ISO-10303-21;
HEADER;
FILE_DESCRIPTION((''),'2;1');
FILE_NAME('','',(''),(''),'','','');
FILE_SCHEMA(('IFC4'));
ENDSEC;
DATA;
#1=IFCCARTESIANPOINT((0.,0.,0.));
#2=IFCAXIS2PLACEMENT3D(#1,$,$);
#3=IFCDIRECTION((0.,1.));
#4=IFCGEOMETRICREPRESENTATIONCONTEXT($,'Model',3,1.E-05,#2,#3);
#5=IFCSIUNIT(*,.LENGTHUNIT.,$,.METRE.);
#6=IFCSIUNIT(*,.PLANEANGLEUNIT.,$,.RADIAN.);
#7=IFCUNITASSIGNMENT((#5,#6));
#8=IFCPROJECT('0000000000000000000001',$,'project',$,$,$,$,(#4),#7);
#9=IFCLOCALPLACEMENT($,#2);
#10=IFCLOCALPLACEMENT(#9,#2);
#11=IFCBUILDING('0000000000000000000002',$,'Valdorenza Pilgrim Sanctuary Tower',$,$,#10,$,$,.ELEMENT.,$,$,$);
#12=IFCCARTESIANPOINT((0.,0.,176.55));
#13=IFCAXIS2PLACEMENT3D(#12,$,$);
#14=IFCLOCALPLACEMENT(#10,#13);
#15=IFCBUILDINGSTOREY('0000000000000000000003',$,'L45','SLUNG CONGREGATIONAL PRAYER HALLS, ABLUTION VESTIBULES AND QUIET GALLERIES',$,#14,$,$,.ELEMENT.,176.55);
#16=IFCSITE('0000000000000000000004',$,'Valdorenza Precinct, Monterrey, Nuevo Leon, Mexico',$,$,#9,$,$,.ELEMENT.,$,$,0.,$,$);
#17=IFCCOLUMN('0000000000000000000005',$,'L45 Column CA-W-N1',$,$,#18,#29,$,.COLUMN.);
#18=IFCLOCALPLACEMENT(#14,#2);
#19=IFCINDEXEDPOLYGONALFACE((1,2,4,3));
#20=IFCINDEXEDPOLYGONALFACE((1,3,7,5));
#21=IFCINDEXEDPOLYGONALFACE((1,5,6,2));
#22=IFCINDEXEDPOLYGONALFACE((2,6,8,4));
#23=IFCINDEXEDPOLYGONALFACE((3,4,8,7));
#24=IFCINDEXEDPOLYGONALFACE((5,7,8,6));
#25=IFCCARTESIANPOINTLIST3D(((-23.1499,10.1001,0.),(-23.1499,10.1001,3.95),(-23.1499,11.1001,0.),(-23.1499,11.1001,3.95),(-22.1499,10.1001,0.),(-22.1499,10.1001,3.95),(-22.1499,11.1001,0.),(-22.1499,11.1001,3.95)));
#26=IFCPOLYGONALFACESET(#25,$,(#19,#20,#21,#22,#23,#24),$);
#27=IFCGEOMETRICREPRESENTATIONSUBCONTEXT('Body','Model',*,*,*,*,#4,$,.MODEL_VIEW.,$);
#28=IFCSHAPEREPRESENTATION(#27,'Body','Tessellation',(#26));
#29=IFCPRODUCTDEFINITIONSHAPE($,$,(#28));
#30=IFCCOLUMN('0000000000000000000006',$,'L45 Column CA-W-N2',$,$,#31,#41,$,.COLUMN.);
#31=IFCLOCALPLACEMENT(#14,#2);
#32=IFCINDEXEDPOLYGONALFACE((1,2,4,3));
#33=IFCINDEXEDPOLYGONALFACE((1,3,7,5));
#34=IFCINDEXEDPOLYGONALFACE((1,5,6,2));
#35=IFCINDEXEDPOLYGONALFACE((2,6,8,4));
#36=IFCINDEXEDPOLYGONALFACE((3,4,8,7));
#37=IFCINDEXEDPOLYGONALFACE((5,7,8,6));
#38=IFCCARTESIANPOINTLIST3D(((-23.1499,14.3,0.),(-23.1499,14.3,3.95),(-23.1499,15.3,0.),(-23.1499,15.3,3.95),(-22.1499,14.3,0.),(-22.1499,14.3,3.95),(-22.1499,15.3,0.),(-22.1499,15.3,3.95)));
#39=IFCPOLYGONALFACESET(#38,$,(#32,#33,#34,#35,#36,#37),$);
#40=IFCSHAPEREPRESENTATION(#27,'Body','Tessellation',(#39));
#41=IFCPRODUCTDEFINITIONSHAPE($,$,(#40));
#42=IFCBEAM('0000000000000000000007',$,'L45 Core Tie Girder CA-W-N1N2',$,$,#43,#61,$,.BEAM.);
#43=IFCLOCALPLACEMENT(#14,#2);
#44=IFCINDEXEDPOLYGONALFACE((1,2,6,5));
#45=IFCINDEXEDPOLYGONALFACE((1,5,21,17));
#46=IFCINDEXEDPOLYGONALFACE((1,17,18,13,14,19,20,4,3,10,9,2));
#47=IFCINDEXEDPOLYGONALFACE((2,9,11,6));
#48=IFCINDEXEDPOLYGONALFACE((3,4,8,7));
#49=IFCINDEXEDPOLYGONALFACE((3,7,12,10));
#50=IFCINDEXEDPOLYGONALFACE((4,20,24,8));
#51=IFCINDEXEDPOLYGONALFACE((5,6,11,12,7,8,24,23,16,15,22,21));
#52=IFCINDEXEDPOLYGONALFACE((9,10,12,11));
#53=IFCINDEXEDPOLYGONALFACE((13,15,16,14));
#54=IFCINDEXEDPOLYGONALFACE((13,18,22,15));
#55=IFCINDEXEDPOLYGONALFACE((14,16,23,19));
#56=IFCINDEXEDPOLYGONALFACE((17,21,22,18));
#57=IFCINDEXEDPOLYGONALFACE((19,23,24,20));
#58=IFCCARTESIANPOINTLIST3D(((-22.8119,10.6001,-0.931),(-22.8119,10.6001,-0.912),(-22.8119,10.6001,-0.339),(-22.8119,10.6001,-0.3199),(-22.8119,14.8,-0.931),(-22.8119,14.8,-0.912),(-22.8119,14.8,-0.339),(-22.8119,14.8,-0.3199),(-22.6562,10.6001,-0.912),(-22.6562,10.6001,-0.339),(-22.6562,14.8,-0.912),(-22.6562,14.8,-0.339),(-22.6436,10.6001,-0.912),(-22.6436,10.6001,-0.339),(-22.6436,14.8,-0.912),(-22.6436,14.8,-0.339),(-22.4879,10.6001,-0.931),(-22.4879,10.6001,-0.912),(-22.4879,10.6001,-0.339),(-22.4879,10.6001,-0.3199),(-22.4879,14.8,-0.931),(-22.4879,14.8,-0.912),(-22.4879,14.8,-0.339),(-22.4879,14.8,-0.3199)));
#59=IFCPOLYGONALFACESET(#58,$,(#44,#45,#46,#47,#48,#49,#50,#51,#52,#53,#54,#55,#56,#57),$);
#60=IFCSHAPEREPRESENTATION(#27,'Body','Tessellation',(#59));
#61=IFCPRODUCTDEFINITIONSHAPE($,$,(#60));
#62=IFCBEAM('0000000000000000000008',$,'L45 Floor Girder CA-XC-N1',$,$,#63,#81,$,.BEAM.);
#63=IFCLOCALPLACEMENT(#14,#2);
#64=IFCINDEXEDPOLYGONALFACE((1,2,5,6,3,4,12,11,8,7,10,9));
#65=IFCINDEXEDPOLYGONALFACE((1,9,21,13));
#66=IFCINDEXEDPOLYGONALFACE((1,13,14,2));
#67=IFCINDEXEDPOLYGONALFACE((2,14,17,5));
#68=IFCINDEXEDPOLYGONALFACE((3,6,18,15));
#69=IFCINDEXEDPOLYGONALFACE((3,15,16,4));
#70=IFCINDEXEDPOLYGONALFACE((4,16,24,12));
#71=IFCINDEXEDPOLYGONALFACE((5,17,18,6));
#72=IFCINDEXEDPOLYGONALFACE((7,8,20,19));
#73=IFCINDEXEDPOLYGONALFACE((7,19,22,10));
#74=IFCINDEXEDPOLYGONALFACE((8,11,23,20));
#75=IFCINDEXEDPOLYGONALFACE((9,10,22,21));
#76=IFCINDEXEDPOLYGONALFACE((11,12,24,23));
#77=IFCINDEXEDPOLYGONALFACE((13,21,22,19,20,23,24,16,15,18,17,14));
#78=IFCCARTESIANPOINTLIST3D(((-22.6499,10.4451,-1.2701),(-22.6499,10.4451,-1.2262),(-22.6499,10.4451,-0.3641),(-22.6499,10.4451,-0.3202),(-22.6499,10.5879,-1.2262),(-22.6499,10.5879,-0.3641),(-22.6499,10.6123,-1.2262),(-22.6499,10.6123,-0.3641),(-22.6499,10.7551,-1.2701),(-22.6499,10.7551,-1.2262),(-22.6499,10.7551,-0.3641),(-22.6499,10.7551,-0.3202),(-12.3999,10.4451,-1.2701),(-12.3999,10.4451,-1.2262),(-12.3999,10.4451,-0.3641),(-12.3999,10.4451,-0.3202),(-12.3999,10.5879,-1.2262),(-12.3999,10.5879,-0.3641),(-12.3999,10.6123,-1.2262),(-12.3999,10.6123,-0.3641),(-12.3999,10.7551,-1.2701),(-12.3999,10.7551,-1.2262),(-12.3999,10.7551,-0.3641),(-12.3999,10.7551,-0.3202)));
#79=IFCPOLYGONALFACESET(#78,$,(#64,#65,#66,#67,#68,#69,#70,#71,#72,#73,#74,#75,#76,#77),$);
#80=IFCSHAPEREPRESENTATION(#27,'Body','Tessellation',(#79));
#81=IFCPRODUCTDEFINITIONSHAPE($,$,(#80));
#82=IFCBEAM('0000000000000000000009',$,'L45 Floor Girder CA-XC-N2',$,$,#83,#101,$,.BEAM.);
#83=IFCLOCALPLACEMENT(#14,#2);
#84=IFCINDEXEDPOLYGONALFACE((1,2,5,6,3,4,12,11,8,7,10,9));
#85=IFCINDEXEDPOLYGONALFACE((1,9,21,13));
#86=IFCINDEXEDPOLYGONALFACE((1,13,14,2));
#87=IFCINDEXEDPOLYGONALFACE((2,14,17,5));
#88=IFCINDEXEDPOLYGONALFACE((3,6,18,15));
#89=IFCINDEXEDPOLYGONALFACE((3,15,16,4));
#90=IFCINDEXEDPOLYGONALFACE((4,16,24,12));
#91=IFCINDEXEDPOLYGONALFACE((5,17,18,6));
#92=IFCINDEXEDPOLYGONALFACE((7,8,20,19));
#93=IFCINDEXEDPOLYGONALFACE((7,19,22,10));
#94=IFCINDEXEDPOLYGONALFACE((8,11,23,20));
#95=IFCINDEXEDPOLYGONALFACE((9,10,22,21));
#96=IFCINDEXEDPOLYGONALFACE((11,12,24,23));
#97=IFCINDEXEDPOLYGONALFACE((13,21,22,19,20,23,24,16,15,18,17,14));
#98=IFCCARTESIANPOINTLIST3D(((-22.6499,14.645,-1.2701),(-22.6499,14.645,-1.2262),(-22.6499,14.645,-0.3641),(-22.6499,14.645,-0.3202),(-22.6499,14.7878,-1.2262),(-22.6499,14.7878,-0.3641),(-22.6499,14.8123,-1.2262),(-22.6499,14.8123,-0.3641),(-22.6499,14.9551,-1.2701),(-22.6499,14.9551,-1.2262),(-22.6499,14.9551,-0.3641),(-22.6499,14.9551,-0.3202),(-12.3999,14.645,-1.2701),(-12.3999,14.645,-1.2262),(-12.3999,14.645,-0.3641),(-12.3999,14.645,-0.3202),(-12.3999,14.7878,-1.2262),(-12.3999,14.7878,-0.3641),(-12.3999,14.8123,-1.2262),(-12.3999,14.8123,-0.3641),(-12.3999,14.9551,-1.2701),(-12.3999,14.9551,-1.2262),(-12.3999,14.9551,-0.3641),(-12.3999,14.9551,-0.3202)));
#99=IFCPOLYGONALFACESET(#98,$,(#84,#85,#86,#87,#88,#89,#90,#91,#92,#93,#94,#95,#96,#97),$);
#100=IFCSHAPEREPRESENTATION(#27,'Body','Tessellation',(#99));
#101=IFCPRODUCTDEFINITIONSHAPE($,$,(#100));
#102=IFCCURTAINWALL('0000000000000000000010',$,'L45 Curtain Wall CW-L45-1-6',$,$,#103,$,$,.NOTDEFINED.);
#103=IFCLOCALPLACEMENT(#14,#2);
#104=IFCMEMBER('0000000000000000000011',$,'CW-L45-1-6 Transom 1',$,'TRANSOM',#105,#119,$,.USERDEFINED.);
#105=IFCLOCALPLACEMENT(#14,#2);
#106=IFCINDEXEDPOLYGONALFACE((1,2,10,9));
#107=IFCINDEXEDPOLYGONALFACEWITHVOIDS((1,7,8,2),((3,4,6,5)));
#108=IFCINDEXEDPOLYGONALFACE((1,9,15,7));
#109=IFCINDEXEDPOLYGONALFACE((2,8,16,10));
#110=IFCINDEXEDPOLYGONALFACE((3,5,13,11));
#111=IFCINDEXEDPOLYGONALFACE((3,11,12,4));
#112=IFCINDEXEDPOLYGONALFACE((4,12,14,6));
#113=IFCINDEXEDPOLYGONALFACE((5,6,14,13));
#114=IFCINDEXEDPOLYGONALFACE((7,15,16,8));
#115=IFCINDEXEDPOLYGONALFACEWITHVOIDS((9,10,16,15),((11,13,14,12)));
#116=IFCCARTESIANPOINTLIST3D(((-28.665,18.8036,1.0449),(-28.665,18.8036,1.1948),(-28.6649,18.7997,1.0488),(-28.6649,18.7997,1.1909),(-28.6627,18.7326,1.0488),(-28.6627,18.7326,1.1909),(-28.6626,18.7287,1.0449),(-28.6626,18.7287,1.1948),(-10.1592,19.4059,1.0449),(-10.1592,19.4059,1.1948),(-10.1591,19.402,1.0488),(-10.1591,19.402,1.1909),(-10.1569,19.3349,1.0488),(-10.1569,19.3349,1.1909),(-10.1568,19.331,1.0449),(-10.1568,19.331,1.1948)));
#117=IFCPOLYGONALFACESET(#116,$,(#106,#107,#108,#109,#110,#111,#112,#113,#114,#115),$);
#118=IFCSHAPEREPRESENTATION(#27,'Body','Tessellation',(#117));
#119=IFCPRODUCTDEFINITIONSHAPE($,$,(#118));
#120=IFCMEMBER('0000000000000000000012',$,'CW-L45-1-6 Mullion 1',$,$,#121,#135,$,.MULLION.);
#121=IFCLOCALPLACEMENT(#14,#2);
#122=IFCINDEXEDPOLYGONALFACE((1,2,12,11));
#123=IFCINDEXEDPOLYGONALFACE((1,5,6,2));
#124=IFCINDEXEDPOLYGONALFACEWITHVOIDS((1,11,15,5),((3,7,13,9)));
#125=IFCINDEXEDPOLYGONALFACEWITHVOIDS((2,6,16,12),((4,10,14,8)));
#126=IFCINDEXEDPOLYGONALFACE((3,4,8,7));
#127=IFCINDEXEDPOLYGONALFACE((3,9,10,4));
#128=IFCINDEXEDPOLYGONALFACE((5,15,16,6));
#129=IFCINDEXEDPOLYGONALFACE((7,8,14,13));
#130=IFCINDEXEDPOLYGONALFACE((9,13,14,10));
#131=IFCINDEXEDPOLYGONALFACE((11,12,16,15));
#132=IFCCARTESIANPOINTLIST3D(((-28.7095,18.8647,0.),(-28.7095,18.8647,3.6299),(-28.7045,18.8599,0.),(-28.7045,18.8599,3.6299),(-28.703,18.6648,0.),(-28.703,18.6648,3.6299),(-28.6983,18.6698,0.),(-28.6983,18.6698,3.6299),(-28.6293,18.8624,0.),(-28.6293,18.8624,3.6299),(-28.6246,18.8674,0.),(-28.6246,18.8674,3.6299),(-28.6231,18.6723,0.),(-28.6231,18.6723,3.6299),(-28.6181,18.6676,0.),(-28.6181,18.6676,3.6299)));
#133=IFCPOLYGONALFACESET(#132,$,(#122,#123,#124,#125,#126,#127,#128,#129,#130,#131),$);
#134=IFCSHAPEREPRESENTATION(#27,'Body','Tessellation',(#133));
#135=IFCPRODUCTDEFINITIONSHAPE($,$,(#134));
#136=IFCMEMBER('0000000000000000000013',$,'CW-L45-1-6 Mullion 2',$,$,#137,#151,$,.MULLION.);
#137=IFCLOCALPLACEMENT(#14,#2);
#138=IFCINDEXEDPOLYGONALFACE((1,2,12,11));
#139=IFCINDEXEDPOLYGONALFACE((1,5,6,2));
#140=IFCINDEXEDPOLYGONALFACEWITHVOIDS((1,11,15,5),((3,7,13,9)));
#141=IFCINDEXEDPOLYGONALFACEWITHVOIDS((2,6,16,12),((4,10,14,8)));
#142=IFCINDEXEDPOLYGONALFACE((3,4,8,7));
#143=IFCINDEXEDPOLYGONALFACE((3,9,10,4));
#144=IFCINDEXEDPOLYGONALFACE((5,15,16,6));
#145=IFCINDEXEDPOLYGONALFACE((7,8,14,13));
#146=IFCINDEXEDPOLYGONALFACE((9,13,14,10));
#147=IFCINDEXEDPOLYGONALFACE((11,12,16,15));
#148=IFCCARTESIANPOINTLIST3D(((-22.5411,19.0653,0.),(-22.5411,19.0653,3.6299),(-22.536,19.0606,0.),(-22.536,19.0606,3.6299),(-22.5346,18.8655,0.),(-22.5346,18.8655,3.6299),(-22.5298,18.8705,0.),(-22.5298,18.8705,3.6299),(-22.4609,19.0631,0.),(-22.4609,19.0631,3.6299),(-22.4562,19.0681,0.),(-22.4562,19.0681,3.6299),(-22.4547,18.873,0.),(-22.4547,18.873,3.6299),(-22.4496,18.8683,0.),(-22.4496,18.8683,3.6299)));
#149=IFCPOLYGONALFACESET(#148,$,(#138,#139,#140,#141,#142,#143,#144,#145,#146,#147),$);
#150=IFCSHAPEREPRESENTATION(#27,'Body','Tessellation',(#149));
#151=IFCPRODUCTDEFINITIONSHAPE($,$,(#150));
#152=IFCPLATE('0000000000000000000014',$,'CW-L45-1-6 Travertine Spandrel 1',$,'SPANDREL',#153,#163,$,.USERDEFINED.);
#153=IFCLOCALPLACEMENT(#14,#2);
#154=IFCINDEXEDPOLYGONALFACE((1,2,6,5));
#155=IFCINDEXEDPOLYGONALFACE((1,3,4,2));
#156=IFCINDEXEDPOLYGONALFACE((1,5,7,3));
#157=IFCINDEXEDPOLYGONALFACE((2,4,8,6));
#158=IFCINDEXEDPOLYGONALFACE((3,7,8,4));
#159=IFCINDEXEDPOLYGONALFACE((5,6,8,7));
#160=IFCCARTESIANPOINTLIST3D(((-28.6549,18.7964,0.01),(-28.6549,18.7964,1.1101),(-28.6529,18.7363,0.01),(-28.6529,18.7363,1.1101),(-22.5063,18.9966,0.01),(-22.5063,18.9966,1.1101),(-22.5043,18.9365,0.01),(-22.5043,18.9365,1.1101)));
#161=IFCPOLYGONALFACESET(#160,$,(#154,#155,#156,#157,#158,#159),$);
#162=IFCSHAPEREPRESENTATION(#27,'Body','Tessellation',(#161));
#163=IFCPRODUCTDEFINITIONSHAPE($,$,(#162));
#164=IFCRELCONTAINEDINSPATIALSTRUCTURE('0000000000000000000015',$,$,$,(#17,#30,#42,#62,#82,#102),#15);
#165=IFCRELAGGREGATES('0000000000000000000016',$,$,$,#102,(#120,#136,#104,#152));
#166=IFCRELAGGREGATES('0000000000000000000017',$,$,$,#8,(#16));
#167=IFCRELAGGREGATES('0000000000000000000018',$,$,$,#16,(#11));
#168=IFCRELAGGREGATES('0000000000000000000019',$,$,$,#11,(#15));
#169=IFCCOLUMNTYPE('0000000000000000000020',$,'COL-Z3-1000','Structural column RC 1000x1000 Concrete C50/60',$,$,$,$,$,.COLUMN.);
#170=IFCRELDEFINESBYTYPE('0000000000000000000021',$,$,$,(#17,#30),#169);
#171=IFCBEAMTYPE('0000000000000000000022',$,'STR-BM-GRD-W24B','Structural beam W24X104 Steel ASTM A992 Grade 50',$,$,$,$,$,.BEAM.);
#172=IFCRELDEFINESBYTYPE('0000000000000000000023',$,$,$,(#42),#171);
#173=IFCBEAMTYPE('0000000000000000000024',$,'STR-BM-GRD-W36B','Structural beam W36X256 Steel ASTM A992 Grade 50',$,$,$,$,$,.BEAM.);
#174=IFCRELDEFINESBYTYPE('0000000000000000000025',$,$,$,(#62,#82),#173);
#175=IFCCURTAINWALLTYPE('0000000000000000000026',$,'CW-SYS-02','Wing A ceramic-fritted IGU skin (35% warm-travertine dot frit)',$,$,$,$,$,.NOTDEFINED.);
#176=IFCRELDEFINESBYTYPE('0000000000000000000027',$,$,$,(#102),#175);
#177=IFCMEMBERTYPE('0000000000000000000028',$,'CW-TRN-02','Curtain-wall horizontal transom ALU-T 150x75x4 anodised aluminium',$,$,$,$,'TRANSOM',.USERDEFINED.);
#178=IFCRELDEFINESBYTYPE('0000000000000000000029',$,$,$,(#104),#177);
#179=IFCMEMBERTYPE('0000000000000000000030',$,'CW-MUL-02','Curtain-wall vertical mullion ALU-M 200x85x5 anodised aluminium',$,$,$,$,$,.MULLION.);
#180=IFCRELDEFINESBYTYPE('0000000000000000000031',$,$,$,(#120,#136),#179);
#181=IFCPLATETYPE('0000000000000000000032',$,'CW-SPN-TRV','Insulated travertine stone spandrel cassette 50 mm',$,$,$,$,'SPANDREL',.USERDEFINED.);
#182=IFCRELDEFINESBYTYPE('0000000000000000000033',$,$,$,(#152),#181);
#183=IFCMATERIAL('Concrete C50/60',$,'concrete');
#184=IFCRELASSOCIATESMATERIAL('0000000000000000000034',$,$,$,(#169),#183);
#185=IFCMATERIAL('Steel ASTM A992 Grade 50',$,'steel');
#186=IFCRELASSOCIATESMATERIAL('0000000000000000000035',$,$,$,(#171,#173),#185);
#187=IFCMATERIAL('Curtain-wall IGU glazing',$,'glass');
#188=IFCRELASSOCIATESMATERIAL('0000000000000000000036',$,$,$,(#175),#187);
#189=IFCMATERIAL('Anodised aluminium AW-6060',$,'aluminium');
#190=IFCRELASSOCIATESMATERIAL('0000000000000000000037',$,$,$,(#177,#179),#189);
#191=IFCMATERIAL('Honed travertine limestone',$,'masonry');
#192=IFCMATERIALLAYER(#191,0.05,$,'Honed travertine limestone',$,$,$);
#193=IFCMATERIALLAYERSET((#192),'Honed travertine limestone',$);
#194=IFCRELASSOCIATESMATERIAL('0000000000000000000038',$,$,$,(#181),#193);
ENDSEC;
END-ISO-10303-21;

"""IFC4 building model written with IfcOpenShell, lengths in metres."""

from ifc_helpers import new_model, si_unit, direction, frame, origin, origin_2d, place, context, subcontext, project, spatial, rectangle, hollow_rectangle, i_section, extrude, source, transform, mapped, material, layer, layer_set, material_profile, profile_set, type_object, element, aggregate, save


model = new_model("IFC4")

# Units and contexts
model_context = context("Model", 3, precision=1e-05, world=origin(), true_north=direction((0.0, 1.0)))
body_context = subcontext(model_context, "Body", "Model", "MODEL_VIEW")
ifc_project = project(units=[si_unit("LENGTHUNIT", "METRE"), si_unit("PLANEANGLEUNIT", "RADIAN")], contexts=[model_context])

# Site, building, storey
site_placement = place(None, origin())
site = spatial("IfcSite", under=ifc_project, at=site_placement, Name="Valdorenza Precinct, Monterrey, Nuevo Leon, Mexico", CompositionType="ELEMENT", RefElevation=0.0)
building_placement = place(site_placement, origin())
building = spatial("IfcBuilding", under=site, at=building_placement, Name="Valdorenza Pilgrim Sanctuary Tower", CompositionType="ELEMENT")
storey_placement = place(building_placement, frame((0.0, 0.0, 176.55)))
storey = spatial("IfcBuildingStorey", under=building, at=storey_placement, Name="L45", Description="SLUNG CONGREGATIONAL PRAYER HALLS, ABLUTION VESTIBULES AND QUIET GALLERIES", CompositionType="ELEMENT", Elevation=176.55)

# Columns
ifc_material_1 = material(Name="Concrete C50/60", Category="concrete")
ifc_material_profile_1 = material_profile(ifc_material_1, rectangle(XDim=1.0, YDim=1.0, at=origin_2d()), Name="RC 1000x1000")
ifc_profile_set_1 = profile_set([ifc_material_profile_1], Name="Concrete C50/60")
column_type = type_object("IfcColumnType", Name="COL-Z3-1000", Description="Structural column RC 1000x1000 Concrete C50/60", PredefinedType="COLUMN", material=ifc_profile_set_1)
shared_shape_1 = source(origin(), body_context, "Body", "SweptSolid", [
    extrude(rectangle(XDim=1.0, YDim=1.0, at=origin_2d()), origin(), (0.0, 0.0, 1.0), 3.95),
])
for number, where, z_axis, x_axis, name in (
    (1, (-22.6499, 10.6001, 0.0), (0.0, 0.0, 1.0), (1.0, 0.0, 0.0), "L45 Column CA-W-N1"),
    (2, (-22.6499, 14.8, 0.0), (0.0, 0.0, 1.0), (1.0, 0.0, 0.0), "L45 Column CA-W-N2"),
):
    element("IfcColumn", number, at=place(storey_placement, frame(where, z_axis=z_axis, x_axis=x_axis)), inside=storey, type_object=column_type, Name=name, PredefinedType="COLUMN", context=body_context, shape_type="MappedRepresentation", body=[
        mapped(shared_shape_1, transform((0.0, 0.0, 0.0), x_axis=(1.0, 0.0, 0.0), y_axis=(0.0, 1.0, 0.0), z_axis=(0.0, 0.0, 1.0), scale=1.0)),
    ])

# Beams
ifc_material_2 = material(Name="Steel ASTM A992 Grade 50", Category="steel")
ifc_material_profile_2 = material_profile(ifc_material_2, i_section(OverallWidth=0.324, OverallDepth=0.6111, WebThickness=0.0127, FlangeThickness=0.019, at=origin_2d()), Name="W24X104")
ifc_profile_set_2 = profile_set([ifc_material_profile_2], Name="Steel ASTM A992 Grade 50")
beam_type_1 = type_object("IfcBeamType", Name="STR-BM-GRD-W24B", Description="Structural beam W24X104 Steel ASTM A992 Grade 50", PredefinedType="BEAM", material=ifc_profile_set_2)
shared_shape_2 = source(origin(), body_context, "Body", "SweptSolid", [
    extrude(i_section(OverallWidth=0.324, OverallDepth=0.6111, WebThickness=0.0127, FlangeThickness=0.019, at=origin_2d()), origin(), (0.0, 0.0, 1.0), 4.2),
])
beam_placement = place(storey_placement, frame((-22.6499, 10.6001, -0.6255), z_axis=(0.0, 1.0, 0.0), x_axis=(-1.0, 0.0, 0.0)))
element("IfcBeam", 3, at=beam_placement, inside=storey, type_object=beam_type_1, Name="L45 Core Tie Girder CA-W-N1N2", PredefinedType="BEAM", context=body_context, shape_type="MappedRepresentation", body=[
    mapped(shared_shape_2, transform((0.0, 0.0, 0.0), x_axis=(1.0, 0.0, 0.0), y_axis=(0.0, 1.0, 0.0), z_axis=(0.0, 0.0, 1.0), scale=1.0)),
])
ifc_material_profile_3 = material_profile(ifc_material_2, i_section(OverallWidth=0.3101, OverallDepth=0.95, WebThickness=0.0244, FlangeThickness=0.0439, at=origin_2d()), Name="W36X256")
ifc_profile_set_3 = profile_set([ifc_material_profile_3], Name="Steel ASTM A992 Grade 50")
beam_type_2 = type_object("IfcBeamType", Name="STR-BM-GRD-W36B", Description="Structural beam W36X256 Steel ASTM A992 Grade 50", PredefinedType="BEAM", material=ifc_profile_set_3)
shared_shape_3 = source(origin(), body_context, "Body", "SweptSolid", [
    extrude(i_section(OverallWidth=0.3101, OverallDepth=0.95, WebThickness=0.0244, FlangeThickness=0.0439, at=origin_2d()), origin(), (0.0, 0.0, 1.0), 10.25),
])
for number, where, z_axis, x_axis, name in (
    (4, (-22.6499, 10.6001, -0.7952), (1.0, 0.0, 0.0), (0.0, 1.0, 0.0), "L45 Floor Girder CA-XC-N1"),
    (5, (-22.6499, 14.8, -0.7952), (1.0, 0.0, 0.0), (0.0, 1.0, 0.0), "L45 Floor Girder CA-XC-N2"),
):
    element("IfcBeam", number, at=place(storey_placement, frame(where, z_axis=z_axis, x_axis=x_axis)), inside=storey, type_object=beam_type_2, Name=name, PredefinedType="BEAM", context=body_context, shape_type="MappedRepresentation", body=[
        mapped(shared_shape_3, transform((0.0, 0.0, 0.0), x_axis=(1.0, 0.0, 0.0), y_axis=(0.0, 1.0, 0.0), z_axis=(0.0, 0.0, 1.0), scale=1.0)),
    ])

# Curtain wall, members, plate
ifc_material_3 = material(Name="Curtain-wall IGU glazing", Category="glass")
curtain_wall_type = type_object("IfcCurtainWallType", Name="CW-SYS-02", Description="Wing A ceramic-fritted IGU skin (35% warm-travertine dot frit)", PredefinedType="NOTDEFINED", material=ifc_material_3)
curtain_wall_placement = place(storey_placement, origin())
curtain_wall = element("IfcCurtainWall", 6, at=curtain_wall_placement, inside=storey, type_object=curtain_wall_type, Name="L45 Curtain Wall CW-L45-1-6", PredefinedType="NOTDEFINED")
ifc_material_4 = material(Name="Anodised aluminium AW-6060", Category="aluminium")
ifc_material_profile_4 = material_profile(ifc_material_4, hollow_rectangle(XDim=0.075, YDim=0.1499, WallThickness=0.0039, at=origin_2d()), Name="ALU-T 150x75x4")
ifc_profile_set_4 = profile_set([ifc_material_profile_4], Name="Anodised aluminium AW-6060")
member_type_1 = type_object("IfcMemberType", Name="CW-TRN-02", Description="Curtain-wall horizontal transom ALU-T 150x75x4 anodised aluminium", ElementType="TRANSOM", PredefinedType="USERDEFINED", material=ifc_profile_set_4)
shared_shape_4 = source(origin(), body_context, "Body", "SweptSolid", [
    extrude(hollow_rectangle(XDim=0.075, YDim=0.1499, WallThickness=0.0039, at=origin_2d()), origin(), (0.0, 0.0, 1.0), 18.5156),
])
member_1_placement = place(storey_placement, frame((-28.6638, 18.7661, 1.1199), z_axis=(0.999471, 0.032529, 0.0), x_axis=(-0.032529, 0.999471, 0.0)))
member_1 = element("IfcMember", 7, at=member_1_placement, type_object=member_type_1, Name="CW-L45-1-6 Transom 1", ObjectType="TRANSOM", PredefinedType="USERDEFINED", context=body_context, shape_type="MappedRepresentation", body=[
    mapped(shared_shape_4, transform((0.0, 0.0, 0.0), x_axis=(1.0, 0.0, 0.0), y_axis=(0.0, 1.0, 0.0), z_axis=(0.0, 0.0, 1.0), scale=1.0)),
])
ifc_material_profile_5 = material_profile(ifc_material_4, hollow_rectangle(XDim=0.085, YDim=0.2, WallThickness=0.0049, at=origin_2d()), Name="ALU-M 200x85x5")
ifc_profile_set_5 = profile_set([ifc_material_profile_5], Name="Anodised aluminium AW-6060")
member_type_2 = type_object("IfcMemberType", Name="CW-MUL-02", Description="Curtain-wall vertical mullion ALU-M 200x85x5 anodised aluminium", PredefinedType="MULLION", material=ifc_profile_set_5)
shared_shape_5 = source(origin(), body_context, "Body", "SweptSolid", [
    extrude(hollow_rectangle(XDim=0.085, YDim=0.2, WallThickness=0.0049, at=origin_2d()), origin(), (0.0, 0.0, 1.0), 3.6299),
])
member_2_placement = place(storey_placement, frame((-28.6638, 18.7661, 0.0), z_axis=(0.0, 0.0, 1.0), x_axis=(0.99947, 0.032545, 0.0)))
member_2 = element("IfcMember", 8, at=member_2_placement, type_object=member_type_2, Name="CW-L45-1-6 Mullion 1", PredefinedType="MULLION", context=body_context, shape_type="MappedRepresentation", body=[
    mapped(shared_shape_5, transform((0.0, 0.0, 0.0), x_axis=(1.0, 0.0, 0.0), y_axis=(0.0, 1.0, 0.0), z_axis=(0.0, 0.0, 1.0), scale=1.0)),
])
member_3_placement = place(storey_placement, frame((-22.4954, 18.9668, 0.0), z_axis=(0.0, 0.0, 1.0), x_axis=(0.99947, 0.032545, 0.0)))
member_3 = element("IfcMember", 9, at=member_3_placement, type_object=member_type_2, Name="CW-L45-1-6 Mullion 2", PredefinedType="MULLION", context=body_context, shape_type="MappedRepresentation", body=[
    mapped(shared_shape_5, transform((0.0, 0.0, 0.0), x_axis=(1.0, 0.0, 0.0), y_axis=(0.0, 1.0, 0.0), z_axis=(0.0, 0.0, 1.0), scale=1.0)),
])
ifc_material_5 = material(Name="Honed travertine limestone", Category="masonry")
ifc_layer_1 = layer(ifc_material_5, 0.05, Name="Honed travertine limestone")
ifc_layer_set_1 = layer_set([ifc_layer_1], Name="Honed travertine limestone")
plate_type_1 = type_object("IfcPlateType", Name="CW-SPN-TRV", Description="Insulated travertine stone spandrel cassette 50 mm", ElementType="SPANDREL", PredefinedType="USERDEFINED", material=ifc_layer_set_1)
shared_shape_6 = source(origin(), body_context, "Body", "SweptSolid", [
    extrude(rectangle(XDim=6.1519, YDim=0.0601, at=origin_2d()), origin(), (0.0, 0.0, 1.0), 1.1001),
])
plate_1_placement = place(storey_placement, frame((-25.5796, 18.8665, 0.01), z_axis=(0.0, 0.0, 1.0), x_axis=(0.99947, 0.032545, 0.0)))
plate_1 = element("IfcPlate", 10, at=plate_1_placement, type_object=plate_type_1, Name="CW-L45-1-6 Travertine Spandrel 1", ObjectType="SPANDREL", PredefinedType="USERDEFINED", context=body_context, shape_type="MappedRepresentation", body=[
    mapped(shared_shape_6, transform((0.0, 0.0, 0.0), x_axis=(1.0, 0.0, 0.0), y_axis=(0.0, 1.0, 0.0), z_axis=(0.0, 0.0, 1.0), scale=1.0)),
])
aggregate(curtain_wall, [member_2, member_3, member_1, plate_1])

save(model, "model.ifc")
